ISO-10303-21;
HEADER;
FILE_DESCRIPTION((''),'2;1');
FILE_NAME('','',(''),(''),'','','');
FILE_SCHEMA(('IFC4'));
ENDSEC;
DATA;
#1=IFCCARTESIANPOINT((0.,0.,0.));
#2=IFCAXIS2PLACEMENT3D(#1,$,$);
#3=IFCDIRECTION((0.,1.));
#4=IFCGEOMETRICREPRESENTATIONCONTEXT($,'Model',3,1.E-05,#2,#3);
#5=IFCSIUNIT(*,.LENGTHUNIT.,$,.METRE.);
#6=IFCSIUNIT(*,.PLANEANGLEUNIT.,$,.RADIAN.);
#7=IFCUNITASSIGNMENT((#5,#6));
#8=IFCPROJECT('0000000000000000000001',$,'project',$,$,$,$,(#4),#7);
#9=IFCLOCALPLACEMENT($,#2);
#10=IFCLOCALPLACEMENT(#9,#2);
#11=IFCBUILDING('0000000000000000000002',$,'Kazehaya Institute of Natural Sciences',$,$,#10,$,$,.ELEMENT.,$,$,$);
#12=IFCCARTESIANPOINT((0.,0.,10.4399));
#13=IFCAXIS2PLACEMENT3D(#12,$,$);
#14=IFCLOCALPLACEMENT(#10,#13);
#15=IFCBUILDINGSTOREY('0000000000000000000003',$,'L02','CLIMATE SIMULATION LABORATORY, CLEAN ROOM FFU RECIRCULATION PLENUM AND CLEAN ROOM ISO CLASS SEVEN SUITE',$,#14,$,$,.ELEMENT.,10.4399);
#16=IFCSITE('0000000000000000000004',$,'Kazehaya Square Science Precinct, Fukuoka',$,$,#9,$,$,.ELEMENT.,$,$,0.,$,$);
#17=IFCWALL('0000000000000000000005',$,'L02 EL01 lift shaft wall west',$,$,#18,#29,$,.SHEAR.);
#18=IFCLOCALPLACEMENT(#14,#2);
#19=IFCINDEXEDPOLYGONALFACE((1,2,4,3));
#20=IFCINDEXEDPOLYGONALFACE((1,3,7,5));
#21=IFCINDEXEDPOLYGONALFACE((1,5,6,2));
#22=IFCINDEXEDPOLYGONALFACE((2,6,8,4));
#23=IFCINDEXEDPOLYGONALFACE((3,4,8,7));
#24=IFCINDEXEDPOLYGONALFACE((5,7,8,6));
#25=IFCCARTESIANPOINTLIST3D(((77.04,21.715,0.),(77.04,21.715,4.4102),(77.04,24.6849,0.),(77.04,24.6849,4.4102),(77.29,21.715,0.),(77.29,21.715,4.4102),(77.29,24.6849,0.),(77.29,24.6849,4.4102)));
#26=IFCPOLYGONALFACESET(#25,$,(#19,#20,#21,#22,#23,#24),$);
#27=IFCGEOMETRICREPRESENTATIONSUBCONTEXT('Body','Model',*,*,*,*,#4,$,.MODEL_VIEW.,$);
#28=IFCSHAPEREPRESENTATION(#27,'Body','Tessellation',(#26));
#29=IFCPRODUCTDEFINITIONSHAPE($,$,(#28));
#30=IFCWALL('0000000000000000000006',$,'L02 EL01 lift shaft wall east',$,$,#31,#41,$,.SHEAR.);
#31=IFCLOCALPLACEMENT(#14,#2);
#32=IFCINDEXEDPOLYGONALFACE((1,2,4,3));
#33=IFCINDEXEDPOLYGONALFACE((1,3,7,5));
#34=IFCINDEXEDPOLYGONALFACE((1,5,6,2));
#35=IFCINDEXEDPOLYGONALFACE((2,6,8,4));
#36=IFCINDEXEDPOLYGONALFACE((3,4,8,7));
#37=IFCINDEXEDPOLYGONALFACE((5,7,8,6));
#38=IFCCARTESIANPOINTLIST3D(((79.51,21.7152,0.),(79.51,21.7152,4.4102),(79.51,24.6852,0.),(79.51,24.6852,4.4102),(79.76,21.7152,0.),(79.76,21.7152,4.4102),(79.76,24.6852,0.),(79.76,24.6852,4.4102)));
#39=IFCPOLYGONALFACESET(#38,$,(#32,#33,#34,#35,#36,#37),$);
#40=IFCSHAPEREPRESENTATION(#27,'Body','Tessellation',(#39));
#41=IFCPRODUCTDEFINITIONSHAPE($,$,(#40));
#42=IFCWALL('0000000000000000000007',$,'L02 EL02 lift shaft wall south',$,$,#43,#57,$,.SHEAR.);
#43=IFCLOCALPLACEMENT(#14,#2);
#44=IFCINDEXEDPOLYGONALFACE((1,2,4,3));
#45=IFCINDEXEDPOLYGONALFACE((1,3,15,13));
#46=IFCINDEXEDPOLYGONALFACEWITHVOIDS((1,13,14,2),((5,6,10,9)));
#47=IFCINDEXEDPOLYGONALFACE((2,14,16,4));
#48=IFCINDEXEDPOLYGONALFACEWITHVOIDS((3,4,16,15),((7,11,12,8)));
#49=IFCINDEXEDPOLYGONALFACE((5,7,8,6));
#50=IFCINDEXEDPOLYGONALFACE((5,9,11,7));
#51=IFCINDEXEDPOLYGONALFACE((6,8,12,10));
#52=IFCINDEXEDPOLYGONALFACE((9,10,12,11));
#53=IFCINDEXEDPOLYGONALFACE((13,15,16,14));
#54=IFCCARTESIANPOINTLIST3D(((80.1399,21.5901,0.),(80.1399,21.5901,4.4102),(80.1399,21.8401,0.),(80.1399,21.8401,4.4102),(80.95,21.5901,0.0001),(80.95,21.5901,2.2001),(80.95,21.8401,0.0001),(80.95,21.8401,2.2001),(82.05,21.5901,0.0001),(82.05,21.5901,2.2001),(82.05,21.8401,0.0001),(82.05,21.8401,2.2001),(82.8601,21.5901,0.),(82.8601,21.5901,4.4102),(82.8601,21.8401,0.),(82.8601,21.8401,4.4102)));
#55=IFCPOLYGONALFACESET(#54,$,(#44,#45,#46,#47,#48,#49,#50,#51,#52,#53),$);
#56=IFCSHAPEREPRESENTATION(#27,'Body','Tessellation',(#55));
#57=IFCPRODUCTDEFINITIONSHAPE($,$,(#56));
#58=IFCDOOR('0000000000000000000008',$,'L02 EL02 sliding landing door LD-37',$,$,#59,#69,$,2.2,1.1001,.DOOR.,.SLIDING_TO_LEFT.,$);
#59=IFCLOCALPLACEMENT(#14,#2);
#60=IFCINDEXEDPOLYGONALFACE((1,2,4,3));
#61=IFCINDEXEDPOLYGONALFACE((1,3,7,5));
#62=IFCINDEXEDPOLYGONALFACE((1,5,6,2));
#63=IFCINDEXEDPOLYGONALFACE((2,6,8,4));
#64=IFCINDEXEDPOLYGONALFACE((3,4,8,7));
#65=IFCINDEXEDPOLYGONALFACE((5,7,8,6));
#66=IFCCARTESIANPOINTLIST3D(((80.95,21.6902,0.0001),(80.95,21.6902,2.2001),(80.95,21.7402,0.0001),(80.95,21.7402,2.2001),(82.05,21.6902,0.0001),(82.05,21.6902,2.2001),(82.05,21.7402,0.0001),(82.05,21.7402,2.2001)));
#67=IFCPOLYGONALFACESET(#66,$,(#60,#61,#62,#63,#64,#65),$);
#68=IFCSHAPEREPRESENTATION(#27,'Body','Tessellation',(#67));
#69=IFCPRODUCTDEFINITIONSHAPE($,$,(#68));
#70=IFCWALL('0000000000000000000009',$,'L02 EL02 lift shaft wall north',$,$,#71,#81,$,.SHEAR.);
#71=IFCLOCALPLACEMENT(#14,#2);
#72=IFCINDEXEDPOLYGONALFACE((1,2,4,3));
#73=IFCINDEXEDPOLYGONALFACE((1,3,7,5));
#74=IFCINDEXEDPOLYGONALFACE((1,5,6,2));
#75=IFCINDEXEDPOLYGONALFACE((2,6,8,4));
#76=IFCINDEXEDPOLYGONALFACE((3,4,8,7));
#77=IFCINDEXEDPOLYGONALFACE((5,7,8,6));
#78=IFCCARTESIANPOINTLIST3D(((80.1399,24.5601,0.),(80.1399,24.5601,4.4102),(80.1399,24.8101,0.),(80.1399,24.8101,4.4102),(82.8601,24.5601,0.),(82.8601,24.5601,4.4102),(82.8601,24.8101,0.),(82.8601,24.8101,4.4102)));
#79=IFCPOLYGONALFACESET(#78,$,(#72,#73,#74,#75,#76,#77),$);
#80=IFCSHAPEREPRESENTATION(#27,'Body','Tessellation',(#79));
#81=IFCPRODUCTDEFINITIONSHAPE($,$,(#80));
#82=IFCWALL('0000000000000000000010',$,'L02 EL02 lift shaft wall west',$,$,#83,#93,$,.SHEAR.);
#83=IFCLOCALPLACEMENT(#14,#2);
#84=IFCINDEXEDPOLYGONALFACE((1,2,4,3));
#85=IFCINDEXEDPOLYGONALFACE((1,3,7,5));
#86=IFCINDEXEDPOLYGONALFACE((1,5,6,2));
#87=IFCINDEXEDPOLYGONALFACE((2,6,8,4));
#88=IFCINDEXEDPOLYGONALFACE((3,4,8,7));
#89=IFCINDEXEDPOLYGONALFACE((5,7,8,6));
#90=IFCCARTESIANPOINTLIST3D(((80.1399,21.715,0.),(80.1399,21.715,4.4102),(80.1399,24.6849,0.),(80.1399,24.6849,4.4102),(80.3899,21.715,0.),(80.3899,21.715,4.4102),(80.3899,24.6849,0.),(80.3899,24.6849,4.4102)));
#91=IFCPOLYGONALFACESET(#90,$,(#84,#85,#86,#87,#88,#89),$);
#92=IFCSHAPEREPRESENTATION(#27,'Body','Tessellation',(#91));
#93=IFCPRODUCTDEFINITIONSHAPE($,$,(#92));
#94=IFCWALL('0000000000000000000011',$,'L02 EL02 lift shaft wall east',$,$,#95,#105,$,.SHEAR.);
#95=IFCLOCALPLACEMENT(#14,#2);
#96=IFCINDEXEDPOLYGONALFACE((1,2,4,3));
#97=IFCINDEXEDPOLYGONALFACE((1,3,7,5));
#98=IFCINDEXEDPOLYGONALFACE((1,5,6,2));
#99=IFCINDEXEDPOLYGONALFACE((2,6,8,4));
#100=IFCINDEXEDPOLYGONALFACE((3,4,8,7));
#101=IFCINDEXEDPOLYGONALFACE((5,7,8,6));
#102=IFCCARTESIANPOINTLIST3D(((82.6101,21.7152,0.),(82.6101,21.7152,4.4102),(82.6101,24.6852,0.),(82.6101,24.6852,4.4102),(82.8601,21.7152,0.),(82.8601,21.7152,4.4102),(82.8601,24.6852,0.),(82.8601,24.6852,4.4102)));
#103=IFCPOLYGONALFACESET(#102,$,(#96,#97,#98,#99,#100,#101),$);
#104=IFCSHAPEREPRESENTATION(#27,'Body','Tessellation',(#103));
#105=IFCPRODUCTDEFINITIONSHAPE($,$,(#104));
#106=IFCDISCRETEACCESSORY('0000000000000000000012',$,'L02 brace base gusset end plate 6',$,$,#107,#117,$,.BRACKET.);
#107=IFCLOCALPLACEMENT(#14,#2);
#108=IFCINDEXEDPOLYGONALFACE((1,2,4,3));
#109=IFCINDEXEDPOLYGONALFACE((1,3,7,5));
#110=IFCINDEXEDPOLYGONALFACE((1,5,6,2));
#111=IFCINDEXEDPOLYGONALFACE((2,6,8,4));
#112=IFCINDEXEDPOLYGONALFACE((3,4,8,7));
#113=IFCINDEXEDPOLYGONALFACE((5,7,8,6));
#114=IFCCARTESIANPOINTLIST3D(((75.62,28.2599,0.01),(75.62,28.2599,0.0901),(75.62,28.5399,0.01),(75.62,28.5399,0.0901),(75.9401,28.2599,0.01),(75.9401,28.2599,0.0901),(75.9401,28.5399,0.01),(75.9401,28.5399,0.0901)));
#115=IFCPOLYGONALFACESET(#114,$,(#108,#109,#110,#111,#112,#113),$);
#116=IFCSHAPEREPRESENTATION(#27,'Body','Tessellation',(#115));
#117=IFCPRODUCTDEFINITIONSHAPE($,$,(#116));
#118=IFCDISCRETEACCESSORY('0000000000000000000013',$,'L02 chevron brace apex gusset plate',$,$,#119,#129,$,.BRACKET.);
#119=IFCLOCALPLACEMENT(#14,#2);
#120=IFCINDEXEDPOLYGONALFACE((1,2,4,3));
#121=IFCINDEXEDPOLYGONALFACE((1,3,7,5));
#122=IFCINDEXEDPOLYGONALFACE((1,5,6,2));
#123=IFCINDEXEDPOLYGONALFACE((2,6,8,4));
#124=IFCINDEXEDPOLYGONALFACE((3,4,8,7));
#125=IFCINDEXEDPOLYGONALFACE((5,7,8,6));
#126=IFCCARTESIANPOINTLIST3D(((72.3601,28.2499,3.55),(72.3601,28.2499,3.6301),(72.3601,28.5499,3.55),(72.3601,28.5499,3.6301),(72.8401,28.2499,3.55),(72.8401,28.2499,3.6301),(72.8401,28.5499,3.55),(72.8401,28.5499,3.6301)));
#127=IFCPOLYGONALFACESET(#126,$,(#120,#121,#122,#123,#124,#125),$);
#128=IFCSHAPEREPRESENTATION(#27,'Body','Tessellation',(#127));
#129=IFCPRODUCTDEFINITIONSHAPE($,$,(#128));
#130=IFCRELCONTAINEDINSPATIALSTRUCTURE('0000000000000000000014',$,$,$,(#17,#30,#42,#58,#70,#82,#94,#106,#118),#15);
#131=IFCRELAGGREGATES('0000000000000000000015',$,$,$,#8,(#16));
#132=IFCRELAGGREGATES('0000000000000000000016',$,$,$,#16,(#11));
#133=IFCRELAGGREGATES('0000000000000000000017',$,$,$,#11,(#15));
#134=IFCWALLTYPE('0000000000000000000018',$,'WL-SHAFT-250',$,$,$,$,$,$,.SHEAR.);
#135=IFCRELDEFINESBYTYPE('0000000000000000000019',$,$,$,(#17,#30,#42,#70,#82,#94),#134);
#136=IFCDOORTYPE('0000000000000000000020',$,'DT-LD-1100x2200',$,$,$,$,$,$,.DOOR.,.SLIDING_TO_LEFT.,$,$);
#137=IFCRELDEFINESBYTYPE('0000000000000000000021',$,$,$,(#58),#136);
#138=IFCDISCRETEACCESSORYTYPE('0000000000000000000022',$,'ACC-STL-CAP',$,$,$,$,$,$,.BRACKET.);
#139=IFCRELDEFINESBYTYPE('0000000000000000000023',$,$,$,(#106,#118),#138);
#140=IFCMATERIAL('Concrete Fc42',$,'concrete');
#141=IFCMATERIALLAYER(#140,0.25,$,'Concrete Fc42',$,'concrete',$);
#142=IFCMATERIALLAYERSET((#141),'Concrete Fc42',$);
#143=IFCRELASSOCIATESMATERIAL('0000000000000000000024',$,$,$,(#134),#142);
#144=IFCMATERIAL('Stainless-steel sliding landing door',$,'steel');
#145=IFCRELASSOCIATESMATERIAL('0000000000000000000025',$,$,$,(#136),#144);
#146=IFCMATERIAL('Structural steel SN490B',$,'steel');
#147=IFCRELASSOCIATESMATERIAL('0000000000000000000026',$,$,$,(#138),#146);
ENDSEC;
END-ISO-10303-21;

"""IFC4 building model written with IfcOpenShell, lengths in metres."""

from ifc_helpers import new_model, si_unit, direction, frame, frame_2d, origin, origin_2d, place, context, subcontext, project, spatial, rectangle, extrude, material, layer, layer_set, type_object, element, fill, save


model = new_model("IFC4")

# Units and contexts
model_context = context("Model", 3, precision=1e-05, world=origin(), true_north=direction((0.0, 1.0)))
body_context = subcontext(model_context, "Body", "Model", "MODEL_VIEW")
ifc_project = project(units=[si_unit("LENGTHUNIT", "METRE"), si_unit("PLANEANGLEUNIT", "RADIAN")], contexts=[model_context])

# Site, building, storey
site_placement = place(None, origin())
site = spatial("IfcSite", under=ifc_project, at=site_placement, Name="Kazehaya Square Science Precinct, Fukuoka", CompositionType="ELEMENT", RefElevation=0.0)
building_placement = place(site_placement, origin())
building = spatial("IfcBuilding", under=site, at=building_placement, Name="Kazehaya Institute of Natural Sciences", CompositionType="ELEMENT")
storey_placement = place(building_placement, frame((0.0, 0.0, 10.4399)))
storey = spatial("IfcBuildingStorey", under=building, at=storey_placement, Name="L02", Description="CLIMATE SIMULATION LABORATORY, CLEAN ROOM FFU RECIRCULATION PLENUM AND CLEAN ROOM ISO CLASS SEVEN SUITE", CompositionType="ELEMENT", Elevation=10.4399)

# Shared definitions
ifc_material_1 = material(Name="Concrete Fc42", Category="concrete")

# Shared definitions
ifc_layer_1 = layer(ifc_material_1, 0.25, Name="Concrete Fc42", Category="concrete")
ifc_layer_set_1 = layer_set([ifc_layer_1], Name="Concrete Fc42")
wall_type_1 = type_object("IfcWallType", Name="WL-SHAFT-250", PredefinedType="SHEAR", material=ifc_layer_set_1)

# Shared definitions
ifc_material_2 = material(Name="Stainless-steel sliding landing door", Category="steel")
door_type_1 = type_object("IfcDoorType", Name="DT-LD-1100x2200", OperationType="SLIDING_TO_LEFT", PredefinedType="DOOR", material=ifc_material_2)

# Walls
for number, where, z_axis, x_axis, name in (
    (1, (77.165, 21.7151, 0.0), (0.0, 0.0, 1.0), (0.0, 1.0, 0.0), "L02 EL01 lift shaft wall west"),
    (2, (79.635, 24.6851, 0.0), (0.0, 0.0, 1.0), (0.0, -1.0, 0.0), "L02 EL01 lift shaft wall east"),
):
    element("IfcWall", number, at=place(storey_placement, frame(where, z_axis=z_axis, x_axis=x_axis)), inside=storey, type_object=wall_type_1, Name=name, PredefinedType="SHEAR", context=body_context, shape_type="SweptSolid", body=[
        extrude(rectangle(XDim=2.97, YDim=0.25, at=frame_2d((1.4849, 0.0))), origin(), (0.0, 0.0, 1.0), 4.4102),
    ])

# Wall, opening, door
wall_1_placement = place(storey_placement, frame((82.8601, 21.7151, 0.0), z_axis=(0.0, 0.0, 1.0), x_axis=(-1.0, 0.0, 0.0)))
wall_1 = element("IfcWall", 3, at=wall_1_placement, inside=storey, type_object=wall_type_1, Name="L02 EL02 lift shaft wall south", PredefinedType="SHEAR", context=body_context, shape_type="SweptSolid", body=[
    extrude(rectangle(XDim=2.7202, YDim=0.25, at=frame_2d((1.3601, 0.0))), origin(), (0.0, 0.0, 1.0), 4.4102),
])
opening_1_placement = place(wall_1_placement, frame((0.8101, 0.0, 0.0)))
opening_1 = element("IfcOpeningElement", 4, at=opening_1_placement, cuts=wall_1, PredefinedType="OPENING", context=body_context, shape_type="SweptSolid", body=[
    extrude(rectangle(XDim=1.1001, YDim=2.2, at=frame_2d((0.55, 1.1001))), frame((0.0, 0.135, 0.0), z_axis=(0.0, -1.0, 0.0), x_axis=(1.0, 0.0, 0.0)), (0.0, 0.0, 1.0), 0.27),
])
door_1_placement = place(opening_1_placement, origin())
door_1 = element("IfcDoor", 5, at=door_1_placement, inside=storey, type_object=door_type_1, Name="L02 EL02 sliding landing door LD-37", OperationType="SLIDING_TO_LEFT", OverallHeight=2.2, OverallWidth=1.1001, PredefinedType="DOOR", context=body_context, shape_type="SweptSolid", body=[
    extrude(rectangle(XDim=1.1001, YDim=2.2, at=frame_2d((0.55, 1.1001))), frame((0.0, 0.0249, 0.0), z_axis=(0.0, -1.0, 0.0), x_axis=(1.0, 0.0, 0.0)), (0.0, 0.0, 1.0), 0.05),
])
fill(opening_1, door_1)

# Walls
wall_2_placement = place(storey_placement, frame((80.1399, 24.6851, 0.0), z_axis=(0.0, 0.0, 1.0), x_axis=(1.0, 0.0, 0.0)))
element("IfcWall", 6, at=wall_2_placement, inside=storey, type_object=wall_type_1, Name="L02 EL02 lift shaft wall north", PredefinedType="SHEAR", context=body_context, shape_type="SweptSolid", body=[
    extrude(rectangle(XDim=2.7202, YDim=0.25, at=frame_2d((1.3601, 0.0))), origin(), (0.0, 0.0, 1.0), 4.4102),
])
for number, where, z_axis, x_axis, name in (
    (7, (80.2649, 21.7151, 0.0), (0.0, 0.0, 1.0), (0.0, 1.0, 0.0), "L02 EL02 lift shaft wall west"),
    (8, (82.7351, 24.6851, 0.0), (0.0, 0.0, 1.0), (0.0, -1.0, 0.0), "L02 EL02 lift shaft wall east"),
):
    element("IfcWall", number, at=place(storey_placement, frame(where, z_axis=z_axis, x_axis=x_axis)), inside=storey, type_object=wall_type_1, Name=name, PredefinedType="SHEAR", context=body_context, shape_type="SweptSolid", body=[
        extrude(rectangle(XDim=2.97, YDim=0.25, at=frame_2d((1.4849, 0.0))), origin(), (0.0, 0.0, 1.0), 4.4102),
    ])

# Discrete accessories
ifc_material_3 = material(Name="Structural steel SN490B", Category="steel")
discrete_accessory_type = type_object("IfcDiscreteAccessoryType", Name="ACC-STL-CAP", PredefinedType="BRACKET", material=ifc_material_3)
discrete_accessory_1_placement = place(storey_placement, frame((75.78, 28.3999, 0.01), z_axis=(0.0, 0.0, 1.0), x_axis=(1.0, 0.0, 0.0)))
element("IfcDiscreteAccessory", 9, at=discrete_accessory_1_placement, inside=storey, type_object=discrete_accessory_type, Name="L02 brace base gusset end plate 6", PredefinedType="BRACKET", context=body_context, shape_type="SweptSolid", body=[
    extrude(rectangle(XDim=0.3201, YDim=0.28, at=origin_2d()), origin(), (0.0, 0.0, 1.0), 0.0801),
])
discrete_accessory_2_placement = place(storey_placement, frame((72.6001, 28.3999, 3.55), z_axis=(0.0, 0.0, 1.0), x_axis=(1.0, 0.0, 0.0)))
element("IfcDiscreteAccessory", 10, at=discrete_accessory_2_placement, inside=storey, type_object=discrete_accessory_type, Name="L02 chevron brace apex gusset plate", PredefinedType="BRACKET", context=body_context, shape_type="SweptSolid", body=[
    extrude(rectangle(XDim=0.48, YDim=0.3, at=origin_2d()), origin(), (0.0, 0.0, 1.0), 0.0801),
])

save(model, "model.ifc")
